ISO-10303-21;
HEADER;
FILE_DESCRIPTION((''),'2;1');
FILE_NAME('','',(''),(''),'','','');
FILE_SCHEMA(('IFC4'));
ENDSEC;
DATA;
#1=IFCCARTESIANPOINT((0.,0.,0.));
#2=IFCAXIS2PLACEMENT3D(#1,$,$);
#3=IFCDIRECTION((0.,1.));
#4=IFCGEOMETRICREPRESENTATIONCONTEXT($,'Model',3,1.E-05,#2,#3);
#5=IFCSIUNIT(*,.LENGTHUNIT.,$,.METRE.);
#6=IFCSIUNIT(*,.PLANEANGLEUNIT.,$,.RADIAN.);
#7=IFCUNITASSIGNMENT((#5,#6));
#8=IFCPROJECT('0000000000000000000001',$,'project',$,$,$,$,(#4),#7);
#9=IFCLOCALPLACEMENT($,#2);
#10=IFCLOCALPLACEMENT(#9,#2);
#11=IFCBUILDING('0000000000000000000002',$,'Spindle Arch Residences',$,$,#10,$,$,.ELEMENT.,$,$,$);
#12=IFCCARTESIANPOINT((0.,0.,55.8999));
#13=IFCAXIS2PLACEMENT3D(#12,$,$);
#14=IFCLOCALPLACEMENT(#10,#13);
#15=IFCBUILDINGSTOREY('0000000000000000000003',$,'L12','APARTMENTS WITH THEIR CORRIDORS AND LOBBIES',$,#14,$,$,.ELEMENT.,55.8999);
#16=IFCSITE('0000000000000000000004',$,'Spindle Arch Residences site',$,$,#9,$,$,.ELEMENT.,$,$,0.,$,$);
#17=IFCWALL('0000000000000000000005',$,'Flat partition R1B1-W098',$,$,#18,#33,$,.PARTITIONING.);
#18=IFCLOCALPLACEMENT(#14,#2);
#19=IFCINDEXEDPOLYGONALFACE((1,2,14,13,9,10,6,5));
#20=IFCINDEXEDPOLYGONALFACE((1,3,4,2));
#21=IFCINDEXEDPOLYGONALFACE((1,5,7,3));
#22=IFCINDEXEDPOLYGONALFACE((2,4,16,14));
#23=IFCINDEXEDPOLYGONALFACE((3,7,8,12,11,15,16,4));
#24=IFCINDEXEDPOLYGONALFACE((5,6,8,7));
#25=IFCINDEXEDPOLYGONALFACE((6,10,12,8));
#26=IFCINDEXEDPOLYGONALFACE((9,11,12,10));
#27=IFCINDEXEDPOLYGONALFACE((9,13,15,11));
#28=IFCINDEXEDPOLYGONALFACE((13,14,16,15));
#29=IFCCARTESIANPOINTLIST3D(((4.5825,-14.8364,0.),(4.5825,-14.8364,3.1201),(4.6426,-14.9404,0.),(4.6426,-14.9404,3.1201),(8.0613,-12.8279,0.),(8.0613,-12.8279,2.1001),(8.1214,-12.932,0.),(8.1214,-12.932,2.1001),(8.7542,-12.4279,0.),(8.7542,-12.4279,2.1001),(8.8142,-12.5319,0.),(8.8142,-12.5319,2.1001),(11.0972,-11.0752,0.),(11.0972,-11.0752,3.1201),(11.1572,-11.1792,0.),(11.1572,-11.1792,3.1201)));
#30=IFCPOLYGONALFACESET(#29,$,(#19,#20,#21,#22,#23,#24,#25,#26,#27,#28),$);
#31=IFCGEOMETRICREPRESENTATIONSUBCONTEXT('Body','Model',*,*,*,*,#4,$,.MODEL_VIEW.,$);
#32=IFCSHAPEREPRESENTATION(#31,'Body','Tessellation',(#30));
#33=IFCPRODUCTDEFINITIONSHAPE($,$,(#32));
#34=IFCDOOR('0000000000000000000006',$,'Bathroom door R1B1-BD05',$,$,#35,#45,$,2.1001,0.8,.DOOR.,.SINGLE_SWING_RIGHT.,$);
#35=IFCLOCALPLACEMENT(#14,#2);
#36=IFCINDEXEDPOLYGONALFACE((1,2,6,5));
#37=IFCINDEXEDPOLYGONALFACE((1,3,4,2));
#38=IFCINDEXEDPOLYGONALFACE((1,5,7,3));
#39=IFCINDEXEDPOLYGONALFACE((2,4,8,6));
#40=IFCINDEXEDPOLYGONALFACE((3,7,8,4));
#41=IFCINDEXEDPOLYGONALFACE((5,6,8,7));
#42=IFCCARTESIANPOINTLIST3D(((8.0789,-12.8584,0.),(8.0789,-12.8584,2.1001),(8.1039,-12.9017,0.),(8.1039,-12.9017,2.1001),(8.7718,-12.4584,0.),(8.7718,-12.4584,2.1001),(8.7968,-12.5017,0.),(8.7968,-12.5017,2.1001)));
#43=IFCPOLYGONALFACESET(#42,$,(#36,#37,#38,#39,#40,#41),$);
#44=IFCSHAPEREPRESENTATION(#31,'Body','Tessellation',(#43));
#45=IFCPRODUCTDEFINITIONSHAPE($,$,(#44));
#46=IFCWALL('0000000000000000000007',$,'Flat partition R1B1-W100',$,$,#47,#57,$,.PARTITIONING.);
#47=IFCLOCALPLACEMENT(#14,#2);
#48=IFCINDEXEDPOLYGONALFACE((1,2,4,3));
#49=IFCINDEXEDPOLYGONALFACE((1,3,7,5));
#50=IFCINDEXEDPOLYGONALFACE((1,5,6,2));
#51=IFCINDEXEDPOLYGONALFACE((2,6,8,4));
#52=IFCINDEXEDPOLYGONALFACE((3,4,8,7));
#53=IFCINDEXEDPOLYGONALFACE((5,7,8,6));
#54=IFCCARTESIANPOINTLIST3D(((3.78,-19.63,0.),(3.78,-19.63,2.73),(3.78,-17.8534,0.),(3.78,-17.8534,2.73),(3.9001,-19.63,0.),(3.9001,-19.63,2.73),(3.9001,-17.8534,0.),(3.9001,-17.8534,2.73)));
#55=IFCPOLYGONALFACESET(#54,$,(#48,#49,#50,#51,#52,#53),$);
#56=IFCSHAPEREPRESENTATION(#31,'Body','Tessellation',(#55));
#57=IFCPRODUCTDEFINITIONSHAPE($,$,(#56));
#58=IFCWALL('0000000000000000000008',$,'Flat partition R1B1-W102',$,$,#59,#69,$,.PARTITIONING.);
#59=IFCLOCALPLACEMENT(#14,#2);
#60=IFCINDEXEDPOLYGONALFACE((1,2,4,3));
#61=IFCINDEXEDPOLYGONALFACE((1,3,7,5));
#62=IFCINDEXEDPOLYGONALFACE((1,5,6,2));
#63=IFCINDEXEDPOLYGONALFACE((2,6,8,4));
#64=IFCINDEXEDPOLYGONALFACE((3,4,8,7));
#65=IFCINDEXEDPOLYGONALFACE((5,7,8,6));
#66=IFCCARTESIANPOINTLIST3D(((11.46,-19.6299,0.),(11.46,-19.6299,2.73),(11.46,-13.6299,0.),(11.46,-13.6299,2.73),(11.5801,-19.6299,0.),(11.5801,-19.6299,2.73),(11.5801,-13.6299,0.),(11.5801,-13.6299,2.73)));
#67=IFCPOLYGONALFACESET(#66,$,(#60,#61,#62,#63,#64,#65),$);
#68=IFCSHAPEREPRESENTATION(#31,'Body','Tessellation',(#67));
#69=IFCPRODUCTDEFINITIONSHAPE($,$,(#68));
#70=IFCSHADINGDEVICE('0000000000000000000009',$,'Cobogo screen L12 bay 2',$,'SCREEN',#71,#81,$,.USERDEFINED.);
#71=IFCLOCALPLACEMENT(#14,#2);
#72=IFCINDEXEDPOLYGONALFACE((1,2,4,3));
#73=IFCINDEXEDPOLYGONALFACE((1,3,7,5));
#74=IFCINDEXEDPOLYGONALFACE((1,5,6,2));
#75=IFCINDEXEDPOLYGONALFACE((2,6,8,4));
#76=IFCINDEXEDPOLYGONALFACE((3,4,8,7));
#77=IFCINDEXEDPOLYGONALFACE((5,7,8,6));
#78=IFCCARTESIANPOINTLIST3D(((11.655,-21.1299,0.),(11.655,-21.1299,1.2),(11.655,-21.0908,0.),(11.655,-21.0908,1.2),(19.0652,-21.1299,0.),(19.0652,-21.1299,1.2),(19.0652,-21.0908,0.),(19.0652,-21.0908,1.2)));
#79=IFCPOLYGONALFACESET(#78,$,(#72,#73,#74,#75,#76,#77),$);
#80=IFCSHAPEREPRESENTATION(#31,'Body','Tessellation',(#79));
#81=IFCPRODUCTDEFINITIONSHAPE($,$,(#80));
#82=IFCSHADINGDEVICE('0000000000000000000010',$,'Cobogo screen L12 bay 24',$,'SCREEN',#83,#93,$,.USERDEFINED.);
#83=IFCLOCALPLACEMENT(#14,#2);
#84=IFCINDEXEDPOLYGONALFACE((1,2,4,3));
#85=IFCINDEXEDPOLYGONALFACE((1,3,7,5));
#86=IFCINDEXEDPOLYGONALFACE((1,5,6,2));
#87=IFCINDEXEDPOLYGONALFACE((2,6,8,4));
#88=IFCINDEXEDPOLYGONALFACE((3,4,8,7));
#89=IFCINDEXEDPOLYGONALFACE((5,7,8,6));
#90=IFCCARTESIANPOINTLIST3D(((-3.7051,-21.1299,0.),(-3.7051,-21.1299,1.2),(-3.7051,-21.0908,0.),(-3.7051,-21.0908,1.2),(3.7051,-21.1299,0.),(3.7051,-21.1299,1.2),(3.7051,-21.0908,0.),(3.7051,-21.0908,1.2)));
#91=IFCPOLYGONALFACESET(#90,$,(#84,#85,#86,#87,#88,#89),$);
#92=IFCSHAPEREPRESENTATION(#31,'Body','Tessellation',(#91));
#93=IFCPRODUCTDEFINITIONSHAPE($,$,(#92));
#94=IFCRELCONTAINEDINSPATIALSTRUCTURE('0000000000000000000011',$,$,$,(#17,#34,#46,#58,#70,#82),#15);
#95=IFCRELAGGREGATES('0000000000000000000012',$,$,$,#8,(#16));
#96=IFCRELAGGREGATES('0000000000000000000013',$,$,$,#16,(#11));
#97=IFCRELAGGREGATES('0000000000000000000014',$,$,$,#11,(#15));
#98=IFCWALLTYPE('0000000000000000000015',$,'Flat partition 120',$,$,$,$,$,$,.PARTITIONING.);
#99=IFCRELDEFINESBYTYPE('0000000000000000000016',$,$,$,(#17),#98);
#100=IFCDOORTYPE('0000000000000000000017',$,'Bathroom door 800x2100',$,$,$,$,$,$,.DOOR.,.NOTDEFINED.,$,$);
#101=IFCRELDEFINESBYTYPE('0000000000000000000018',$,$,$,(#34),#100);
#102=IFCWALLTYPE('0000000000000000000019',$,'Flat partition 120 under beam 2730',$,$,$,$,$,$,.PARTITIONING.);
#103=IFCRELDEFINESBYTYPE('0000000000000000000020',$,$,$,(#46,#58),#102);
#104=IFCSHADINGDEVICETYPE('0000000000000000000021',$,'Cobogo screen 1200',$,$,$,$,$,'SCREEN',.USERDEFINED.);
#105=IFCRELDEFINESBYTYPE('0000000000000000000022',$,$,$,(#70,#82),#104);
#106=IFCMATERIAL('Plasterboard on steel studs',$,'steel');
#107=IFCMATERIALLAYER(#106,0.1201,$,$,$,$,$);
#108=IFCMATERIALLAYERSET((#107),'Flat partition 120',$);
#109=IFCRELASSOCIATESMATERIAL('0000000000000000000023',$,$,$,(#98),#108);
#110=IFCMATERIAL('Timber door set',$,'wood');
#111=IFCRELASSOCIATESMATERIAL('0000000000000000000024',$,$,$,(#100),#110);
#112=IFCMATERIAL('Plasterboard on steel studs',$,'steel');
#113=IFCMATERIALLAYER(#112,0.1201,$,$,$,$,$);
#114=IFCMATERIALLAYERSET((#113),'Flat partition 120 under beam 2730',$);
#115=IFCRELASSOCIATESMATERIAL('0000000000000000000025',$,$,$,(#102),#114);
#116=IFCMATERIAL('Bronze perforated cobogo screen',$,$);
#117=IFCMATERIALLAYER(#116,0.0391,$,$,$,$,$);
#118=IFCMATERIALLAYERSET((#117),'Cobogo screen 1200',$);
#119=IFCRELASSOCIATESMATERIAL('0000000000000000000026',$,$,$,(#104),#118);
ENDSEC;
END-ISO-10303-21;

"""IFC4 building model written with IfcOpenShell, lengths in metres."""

from ifc_helpers import new_model, si_unit, direction, frame, frame_2d, origin, origin_2d, place, context, subcontext, project, spatial, rectangle, extrude, material, layer, layer_set, type_object, element, fill, save


model = new_model("IFC4")

# Units and contexts
model_context = context("Model", 3, precision=1e-05, world=origin(), true_north=direction((0.0, 1.0)))
body_context = subcontext(model_context, "Body", "Model", "MODEL_VIEW")
ifc_project = project(units=[si_unit("LENGTHUNIT", "METRE"), si_unit("PLANEANGLEUNIT", "RADIAN")], contexts=[model_context])

# Site, building, storey
site_placement = place(None, origin())
site = spatial("IfcSite", under=ifc_project, at=site_placement, Name="Spindle Arch Residences site", CompositionType="ELEMENT", RefElevation=0.0)
building_placement = place(site_placement, origin())
building = spatial("IfcBuilding", under=site, at=building_placement, Name="Spindle Arch Residences", CompositionType="ELEMENT")
storey_placement = place(building_placement, frame((0.0, 0.0, 55.8999)))
storey = spatial("IfcBuildingStorey", under=building, at=storey_placement, Name="L12", Description="APARTMENTS WITH THEIR CORRIDORS AND LOBBIES", CompositionType="ELEMENT", Elevation=55.8999)

# Shared definitions
ifc_material_1 = material(Name="Plasterboard on steel studs", Category="steel")
ifc_layer_1 = layer(ifc_material_1, 0.1201)
ifc_layer_set_1 = layer_set([ifc_layer_1], Name="Flat partition 120")
wall_type_1 = type_object("IfcWallType", Name="Flat partition 120", PredefinedType="PARTITIONING", material=ifc_layer_set_1)

# Wall, opening, door
wall_1_placement = place(storey_placement, frame((4.6125, -14.8884, 0.0), z_axis=(0.0, 0.0, 1.0), x_axis=(0.866026, 0.5, 0.0)))
wall_1 = element("IfcWall", 1, at=wall_1_placement, inside=storey, type_object=wall_type_1, Name="Flat partition R1B1-W098", PredefinedType="PARTITIONING", context=body_context, shape_type="SweptSolid", body=[
    extrude(rectangle(XDim=7.5225, YDim=0.1201, at=frame_2d((3.7612, 0.0))), origin(), (0.0, 0.0, 1.0), 3.1201),
])
opening_1_placement = place(wall_1_placement, frame((4.0171, 0.0, 0.0)))
opening_1 = element("IfcOpeningElement", 2, at=opening_1_placement, cuts=wall_1, PredefinedType="OPENING", context=body_context, shape_type="SweptSolid", body=[
    extrude(rectangle(XDim=0.8, YDim=2.1001, at=frame_2d((0.3999, 1.05))), frame((0.0, 0.0701, 0.0), z_axis=(0.0, -1.0, 0.0), x_axis=(1.0, 0.0, 0.0)), (0.0, 0.0, 1.0), 0.1401),
])
ifc_material_2 = material(Name="Timber door set", Category="wood")
door_type_1 = type_object("IfcDoorType", Name="Bathroom door 800x2100", OperationType="NOTDEFINED", PredefinedType="DOOR", material=ifc_material_2)
door_1_placement = place(opening_1_placement, origin())
door_1 = element("IfcDoor", 3, at=door_1_placement, inside=storey, type_object=door_type_1, Name="Bathroom door R1B1-BD05", OperationType="SINGLE_SWING_RIGHT", OverallHeight=2.1001, OverallWidth=0.8, PredefinedType="DOOR", context=body_context, shape_type="SweptSolid", body=[
    extrude(rectangle(XDim=0.8, YDim=2.1001, at=frame_2d((0.3999, 1.05))), frame((0.0, 0.0249, 0.0), z_axis=(0.0, -1.0, 0.0), x_axis=(1.0, 0.0, 0.0)), (0.0, 0.0, 1.0), 0.05),
])
fill(opening_1, door_1)

# Walls
ifc_material_3 = material(Name="Plasterboard on steel studs", Category="steel")
ifc_layer_2 = layer(ifc_material_3, 0.1201)
ifc_layer_set_2 = layer_set([ifc_layer_2], Name="Flat partition 120 under beam 2730")
wall_type_2 = type_object("IfcWallType", Name="Flat partition 120 under beam 2730", PredefinedType="PARTITIONING", material=ifc_layer_set_2)
wall_2_placement = place(storey_placement, frame((3.8401, -19.6299, 0.0), z_axis=(0.0, 0.0, 1.0), x_axis=(0.0, 1.0, 0.0)))
element("IfcWall", 4, at=wall_2_placement, inside=storey, type_object=wall_type_2, Name="Flat partition R1B1-W100", PredefinedType="PARTITIONING", context=body_context, shape_type="SweptSolid", body=[
    extrude(rectangle(XDim=1.7766, YDim=0.1201, at=frame_2d((0.8882, 0.0))), origin(), (0.0, 0.0, 1.0), 2.73),
])
wall_3_placement = place(storey_placement, frame((11.52, -19.6299, 0.0), z_axis=(0.0, 0.0, 1.0), x_axis=(0.0, 1.0, 0.0)))
element("IfcWall", 5, at=wall_3_placement, inside=storey, type_object=wall_type_2, Name="Flat partition R1B1-W102", PredefinedType="PARTITIONING", context=body_context, shape_type="SweptSolid", body=[
    extrude(rectangle(XDim=6.0, YDim=0.1201, at=frame_2d((3.0, 0.0))), origin(), (0.0, 0.0, 1.0), 2.73),
])

# Shading devices
ifc_material_4 = material(Name="Bronze perforated cobogo screen")
ifc_layer_3 = layer(ifc_material_4, 0.0391)
ifc_layer_set_3 = layer_set([ifc_layer_3], Name="Cobogo screen 1200")
shading_device_type = type_object("IfcShadingDeviceType", Name="Cobogo screen 1200", ElementType="SCREEN", PredefinedType="USERDEFINED", material=ifc_layer_set_3)
for number, where, z_axis, x_axis, name in (
    (6, (15.3601, -21.1104, 0.0), (0.0, 0.0, 1.0), (1.0, 0.0, 0.0), "Cobogo screen L12 bay 2"),
    (7, (0.0, -21.1104, 0.0), (0.0, 0.0, 1.0), (1.0, 0.0, 0.0), "Cobogo screen L12 bay 24"),
):
    element("IfcShadingDevice", number, at=place(storey_placement, frame(where, z_axis=z_axis, x_axis=x_axis)), inside=storey, type_object=shading_device_type, Name=name, ObjectType="SCREEN", PredefinedType="USERDEFINED", context=body_context, shape_type="SweptSolid", body=[
        extrude(rectangle(XDim=7.4102, YDim=0.0391, at=origin_2d()), origin(), (0.0, 0.0, 1.0), 1.2),
    ])

save(model, "model.ifc")
